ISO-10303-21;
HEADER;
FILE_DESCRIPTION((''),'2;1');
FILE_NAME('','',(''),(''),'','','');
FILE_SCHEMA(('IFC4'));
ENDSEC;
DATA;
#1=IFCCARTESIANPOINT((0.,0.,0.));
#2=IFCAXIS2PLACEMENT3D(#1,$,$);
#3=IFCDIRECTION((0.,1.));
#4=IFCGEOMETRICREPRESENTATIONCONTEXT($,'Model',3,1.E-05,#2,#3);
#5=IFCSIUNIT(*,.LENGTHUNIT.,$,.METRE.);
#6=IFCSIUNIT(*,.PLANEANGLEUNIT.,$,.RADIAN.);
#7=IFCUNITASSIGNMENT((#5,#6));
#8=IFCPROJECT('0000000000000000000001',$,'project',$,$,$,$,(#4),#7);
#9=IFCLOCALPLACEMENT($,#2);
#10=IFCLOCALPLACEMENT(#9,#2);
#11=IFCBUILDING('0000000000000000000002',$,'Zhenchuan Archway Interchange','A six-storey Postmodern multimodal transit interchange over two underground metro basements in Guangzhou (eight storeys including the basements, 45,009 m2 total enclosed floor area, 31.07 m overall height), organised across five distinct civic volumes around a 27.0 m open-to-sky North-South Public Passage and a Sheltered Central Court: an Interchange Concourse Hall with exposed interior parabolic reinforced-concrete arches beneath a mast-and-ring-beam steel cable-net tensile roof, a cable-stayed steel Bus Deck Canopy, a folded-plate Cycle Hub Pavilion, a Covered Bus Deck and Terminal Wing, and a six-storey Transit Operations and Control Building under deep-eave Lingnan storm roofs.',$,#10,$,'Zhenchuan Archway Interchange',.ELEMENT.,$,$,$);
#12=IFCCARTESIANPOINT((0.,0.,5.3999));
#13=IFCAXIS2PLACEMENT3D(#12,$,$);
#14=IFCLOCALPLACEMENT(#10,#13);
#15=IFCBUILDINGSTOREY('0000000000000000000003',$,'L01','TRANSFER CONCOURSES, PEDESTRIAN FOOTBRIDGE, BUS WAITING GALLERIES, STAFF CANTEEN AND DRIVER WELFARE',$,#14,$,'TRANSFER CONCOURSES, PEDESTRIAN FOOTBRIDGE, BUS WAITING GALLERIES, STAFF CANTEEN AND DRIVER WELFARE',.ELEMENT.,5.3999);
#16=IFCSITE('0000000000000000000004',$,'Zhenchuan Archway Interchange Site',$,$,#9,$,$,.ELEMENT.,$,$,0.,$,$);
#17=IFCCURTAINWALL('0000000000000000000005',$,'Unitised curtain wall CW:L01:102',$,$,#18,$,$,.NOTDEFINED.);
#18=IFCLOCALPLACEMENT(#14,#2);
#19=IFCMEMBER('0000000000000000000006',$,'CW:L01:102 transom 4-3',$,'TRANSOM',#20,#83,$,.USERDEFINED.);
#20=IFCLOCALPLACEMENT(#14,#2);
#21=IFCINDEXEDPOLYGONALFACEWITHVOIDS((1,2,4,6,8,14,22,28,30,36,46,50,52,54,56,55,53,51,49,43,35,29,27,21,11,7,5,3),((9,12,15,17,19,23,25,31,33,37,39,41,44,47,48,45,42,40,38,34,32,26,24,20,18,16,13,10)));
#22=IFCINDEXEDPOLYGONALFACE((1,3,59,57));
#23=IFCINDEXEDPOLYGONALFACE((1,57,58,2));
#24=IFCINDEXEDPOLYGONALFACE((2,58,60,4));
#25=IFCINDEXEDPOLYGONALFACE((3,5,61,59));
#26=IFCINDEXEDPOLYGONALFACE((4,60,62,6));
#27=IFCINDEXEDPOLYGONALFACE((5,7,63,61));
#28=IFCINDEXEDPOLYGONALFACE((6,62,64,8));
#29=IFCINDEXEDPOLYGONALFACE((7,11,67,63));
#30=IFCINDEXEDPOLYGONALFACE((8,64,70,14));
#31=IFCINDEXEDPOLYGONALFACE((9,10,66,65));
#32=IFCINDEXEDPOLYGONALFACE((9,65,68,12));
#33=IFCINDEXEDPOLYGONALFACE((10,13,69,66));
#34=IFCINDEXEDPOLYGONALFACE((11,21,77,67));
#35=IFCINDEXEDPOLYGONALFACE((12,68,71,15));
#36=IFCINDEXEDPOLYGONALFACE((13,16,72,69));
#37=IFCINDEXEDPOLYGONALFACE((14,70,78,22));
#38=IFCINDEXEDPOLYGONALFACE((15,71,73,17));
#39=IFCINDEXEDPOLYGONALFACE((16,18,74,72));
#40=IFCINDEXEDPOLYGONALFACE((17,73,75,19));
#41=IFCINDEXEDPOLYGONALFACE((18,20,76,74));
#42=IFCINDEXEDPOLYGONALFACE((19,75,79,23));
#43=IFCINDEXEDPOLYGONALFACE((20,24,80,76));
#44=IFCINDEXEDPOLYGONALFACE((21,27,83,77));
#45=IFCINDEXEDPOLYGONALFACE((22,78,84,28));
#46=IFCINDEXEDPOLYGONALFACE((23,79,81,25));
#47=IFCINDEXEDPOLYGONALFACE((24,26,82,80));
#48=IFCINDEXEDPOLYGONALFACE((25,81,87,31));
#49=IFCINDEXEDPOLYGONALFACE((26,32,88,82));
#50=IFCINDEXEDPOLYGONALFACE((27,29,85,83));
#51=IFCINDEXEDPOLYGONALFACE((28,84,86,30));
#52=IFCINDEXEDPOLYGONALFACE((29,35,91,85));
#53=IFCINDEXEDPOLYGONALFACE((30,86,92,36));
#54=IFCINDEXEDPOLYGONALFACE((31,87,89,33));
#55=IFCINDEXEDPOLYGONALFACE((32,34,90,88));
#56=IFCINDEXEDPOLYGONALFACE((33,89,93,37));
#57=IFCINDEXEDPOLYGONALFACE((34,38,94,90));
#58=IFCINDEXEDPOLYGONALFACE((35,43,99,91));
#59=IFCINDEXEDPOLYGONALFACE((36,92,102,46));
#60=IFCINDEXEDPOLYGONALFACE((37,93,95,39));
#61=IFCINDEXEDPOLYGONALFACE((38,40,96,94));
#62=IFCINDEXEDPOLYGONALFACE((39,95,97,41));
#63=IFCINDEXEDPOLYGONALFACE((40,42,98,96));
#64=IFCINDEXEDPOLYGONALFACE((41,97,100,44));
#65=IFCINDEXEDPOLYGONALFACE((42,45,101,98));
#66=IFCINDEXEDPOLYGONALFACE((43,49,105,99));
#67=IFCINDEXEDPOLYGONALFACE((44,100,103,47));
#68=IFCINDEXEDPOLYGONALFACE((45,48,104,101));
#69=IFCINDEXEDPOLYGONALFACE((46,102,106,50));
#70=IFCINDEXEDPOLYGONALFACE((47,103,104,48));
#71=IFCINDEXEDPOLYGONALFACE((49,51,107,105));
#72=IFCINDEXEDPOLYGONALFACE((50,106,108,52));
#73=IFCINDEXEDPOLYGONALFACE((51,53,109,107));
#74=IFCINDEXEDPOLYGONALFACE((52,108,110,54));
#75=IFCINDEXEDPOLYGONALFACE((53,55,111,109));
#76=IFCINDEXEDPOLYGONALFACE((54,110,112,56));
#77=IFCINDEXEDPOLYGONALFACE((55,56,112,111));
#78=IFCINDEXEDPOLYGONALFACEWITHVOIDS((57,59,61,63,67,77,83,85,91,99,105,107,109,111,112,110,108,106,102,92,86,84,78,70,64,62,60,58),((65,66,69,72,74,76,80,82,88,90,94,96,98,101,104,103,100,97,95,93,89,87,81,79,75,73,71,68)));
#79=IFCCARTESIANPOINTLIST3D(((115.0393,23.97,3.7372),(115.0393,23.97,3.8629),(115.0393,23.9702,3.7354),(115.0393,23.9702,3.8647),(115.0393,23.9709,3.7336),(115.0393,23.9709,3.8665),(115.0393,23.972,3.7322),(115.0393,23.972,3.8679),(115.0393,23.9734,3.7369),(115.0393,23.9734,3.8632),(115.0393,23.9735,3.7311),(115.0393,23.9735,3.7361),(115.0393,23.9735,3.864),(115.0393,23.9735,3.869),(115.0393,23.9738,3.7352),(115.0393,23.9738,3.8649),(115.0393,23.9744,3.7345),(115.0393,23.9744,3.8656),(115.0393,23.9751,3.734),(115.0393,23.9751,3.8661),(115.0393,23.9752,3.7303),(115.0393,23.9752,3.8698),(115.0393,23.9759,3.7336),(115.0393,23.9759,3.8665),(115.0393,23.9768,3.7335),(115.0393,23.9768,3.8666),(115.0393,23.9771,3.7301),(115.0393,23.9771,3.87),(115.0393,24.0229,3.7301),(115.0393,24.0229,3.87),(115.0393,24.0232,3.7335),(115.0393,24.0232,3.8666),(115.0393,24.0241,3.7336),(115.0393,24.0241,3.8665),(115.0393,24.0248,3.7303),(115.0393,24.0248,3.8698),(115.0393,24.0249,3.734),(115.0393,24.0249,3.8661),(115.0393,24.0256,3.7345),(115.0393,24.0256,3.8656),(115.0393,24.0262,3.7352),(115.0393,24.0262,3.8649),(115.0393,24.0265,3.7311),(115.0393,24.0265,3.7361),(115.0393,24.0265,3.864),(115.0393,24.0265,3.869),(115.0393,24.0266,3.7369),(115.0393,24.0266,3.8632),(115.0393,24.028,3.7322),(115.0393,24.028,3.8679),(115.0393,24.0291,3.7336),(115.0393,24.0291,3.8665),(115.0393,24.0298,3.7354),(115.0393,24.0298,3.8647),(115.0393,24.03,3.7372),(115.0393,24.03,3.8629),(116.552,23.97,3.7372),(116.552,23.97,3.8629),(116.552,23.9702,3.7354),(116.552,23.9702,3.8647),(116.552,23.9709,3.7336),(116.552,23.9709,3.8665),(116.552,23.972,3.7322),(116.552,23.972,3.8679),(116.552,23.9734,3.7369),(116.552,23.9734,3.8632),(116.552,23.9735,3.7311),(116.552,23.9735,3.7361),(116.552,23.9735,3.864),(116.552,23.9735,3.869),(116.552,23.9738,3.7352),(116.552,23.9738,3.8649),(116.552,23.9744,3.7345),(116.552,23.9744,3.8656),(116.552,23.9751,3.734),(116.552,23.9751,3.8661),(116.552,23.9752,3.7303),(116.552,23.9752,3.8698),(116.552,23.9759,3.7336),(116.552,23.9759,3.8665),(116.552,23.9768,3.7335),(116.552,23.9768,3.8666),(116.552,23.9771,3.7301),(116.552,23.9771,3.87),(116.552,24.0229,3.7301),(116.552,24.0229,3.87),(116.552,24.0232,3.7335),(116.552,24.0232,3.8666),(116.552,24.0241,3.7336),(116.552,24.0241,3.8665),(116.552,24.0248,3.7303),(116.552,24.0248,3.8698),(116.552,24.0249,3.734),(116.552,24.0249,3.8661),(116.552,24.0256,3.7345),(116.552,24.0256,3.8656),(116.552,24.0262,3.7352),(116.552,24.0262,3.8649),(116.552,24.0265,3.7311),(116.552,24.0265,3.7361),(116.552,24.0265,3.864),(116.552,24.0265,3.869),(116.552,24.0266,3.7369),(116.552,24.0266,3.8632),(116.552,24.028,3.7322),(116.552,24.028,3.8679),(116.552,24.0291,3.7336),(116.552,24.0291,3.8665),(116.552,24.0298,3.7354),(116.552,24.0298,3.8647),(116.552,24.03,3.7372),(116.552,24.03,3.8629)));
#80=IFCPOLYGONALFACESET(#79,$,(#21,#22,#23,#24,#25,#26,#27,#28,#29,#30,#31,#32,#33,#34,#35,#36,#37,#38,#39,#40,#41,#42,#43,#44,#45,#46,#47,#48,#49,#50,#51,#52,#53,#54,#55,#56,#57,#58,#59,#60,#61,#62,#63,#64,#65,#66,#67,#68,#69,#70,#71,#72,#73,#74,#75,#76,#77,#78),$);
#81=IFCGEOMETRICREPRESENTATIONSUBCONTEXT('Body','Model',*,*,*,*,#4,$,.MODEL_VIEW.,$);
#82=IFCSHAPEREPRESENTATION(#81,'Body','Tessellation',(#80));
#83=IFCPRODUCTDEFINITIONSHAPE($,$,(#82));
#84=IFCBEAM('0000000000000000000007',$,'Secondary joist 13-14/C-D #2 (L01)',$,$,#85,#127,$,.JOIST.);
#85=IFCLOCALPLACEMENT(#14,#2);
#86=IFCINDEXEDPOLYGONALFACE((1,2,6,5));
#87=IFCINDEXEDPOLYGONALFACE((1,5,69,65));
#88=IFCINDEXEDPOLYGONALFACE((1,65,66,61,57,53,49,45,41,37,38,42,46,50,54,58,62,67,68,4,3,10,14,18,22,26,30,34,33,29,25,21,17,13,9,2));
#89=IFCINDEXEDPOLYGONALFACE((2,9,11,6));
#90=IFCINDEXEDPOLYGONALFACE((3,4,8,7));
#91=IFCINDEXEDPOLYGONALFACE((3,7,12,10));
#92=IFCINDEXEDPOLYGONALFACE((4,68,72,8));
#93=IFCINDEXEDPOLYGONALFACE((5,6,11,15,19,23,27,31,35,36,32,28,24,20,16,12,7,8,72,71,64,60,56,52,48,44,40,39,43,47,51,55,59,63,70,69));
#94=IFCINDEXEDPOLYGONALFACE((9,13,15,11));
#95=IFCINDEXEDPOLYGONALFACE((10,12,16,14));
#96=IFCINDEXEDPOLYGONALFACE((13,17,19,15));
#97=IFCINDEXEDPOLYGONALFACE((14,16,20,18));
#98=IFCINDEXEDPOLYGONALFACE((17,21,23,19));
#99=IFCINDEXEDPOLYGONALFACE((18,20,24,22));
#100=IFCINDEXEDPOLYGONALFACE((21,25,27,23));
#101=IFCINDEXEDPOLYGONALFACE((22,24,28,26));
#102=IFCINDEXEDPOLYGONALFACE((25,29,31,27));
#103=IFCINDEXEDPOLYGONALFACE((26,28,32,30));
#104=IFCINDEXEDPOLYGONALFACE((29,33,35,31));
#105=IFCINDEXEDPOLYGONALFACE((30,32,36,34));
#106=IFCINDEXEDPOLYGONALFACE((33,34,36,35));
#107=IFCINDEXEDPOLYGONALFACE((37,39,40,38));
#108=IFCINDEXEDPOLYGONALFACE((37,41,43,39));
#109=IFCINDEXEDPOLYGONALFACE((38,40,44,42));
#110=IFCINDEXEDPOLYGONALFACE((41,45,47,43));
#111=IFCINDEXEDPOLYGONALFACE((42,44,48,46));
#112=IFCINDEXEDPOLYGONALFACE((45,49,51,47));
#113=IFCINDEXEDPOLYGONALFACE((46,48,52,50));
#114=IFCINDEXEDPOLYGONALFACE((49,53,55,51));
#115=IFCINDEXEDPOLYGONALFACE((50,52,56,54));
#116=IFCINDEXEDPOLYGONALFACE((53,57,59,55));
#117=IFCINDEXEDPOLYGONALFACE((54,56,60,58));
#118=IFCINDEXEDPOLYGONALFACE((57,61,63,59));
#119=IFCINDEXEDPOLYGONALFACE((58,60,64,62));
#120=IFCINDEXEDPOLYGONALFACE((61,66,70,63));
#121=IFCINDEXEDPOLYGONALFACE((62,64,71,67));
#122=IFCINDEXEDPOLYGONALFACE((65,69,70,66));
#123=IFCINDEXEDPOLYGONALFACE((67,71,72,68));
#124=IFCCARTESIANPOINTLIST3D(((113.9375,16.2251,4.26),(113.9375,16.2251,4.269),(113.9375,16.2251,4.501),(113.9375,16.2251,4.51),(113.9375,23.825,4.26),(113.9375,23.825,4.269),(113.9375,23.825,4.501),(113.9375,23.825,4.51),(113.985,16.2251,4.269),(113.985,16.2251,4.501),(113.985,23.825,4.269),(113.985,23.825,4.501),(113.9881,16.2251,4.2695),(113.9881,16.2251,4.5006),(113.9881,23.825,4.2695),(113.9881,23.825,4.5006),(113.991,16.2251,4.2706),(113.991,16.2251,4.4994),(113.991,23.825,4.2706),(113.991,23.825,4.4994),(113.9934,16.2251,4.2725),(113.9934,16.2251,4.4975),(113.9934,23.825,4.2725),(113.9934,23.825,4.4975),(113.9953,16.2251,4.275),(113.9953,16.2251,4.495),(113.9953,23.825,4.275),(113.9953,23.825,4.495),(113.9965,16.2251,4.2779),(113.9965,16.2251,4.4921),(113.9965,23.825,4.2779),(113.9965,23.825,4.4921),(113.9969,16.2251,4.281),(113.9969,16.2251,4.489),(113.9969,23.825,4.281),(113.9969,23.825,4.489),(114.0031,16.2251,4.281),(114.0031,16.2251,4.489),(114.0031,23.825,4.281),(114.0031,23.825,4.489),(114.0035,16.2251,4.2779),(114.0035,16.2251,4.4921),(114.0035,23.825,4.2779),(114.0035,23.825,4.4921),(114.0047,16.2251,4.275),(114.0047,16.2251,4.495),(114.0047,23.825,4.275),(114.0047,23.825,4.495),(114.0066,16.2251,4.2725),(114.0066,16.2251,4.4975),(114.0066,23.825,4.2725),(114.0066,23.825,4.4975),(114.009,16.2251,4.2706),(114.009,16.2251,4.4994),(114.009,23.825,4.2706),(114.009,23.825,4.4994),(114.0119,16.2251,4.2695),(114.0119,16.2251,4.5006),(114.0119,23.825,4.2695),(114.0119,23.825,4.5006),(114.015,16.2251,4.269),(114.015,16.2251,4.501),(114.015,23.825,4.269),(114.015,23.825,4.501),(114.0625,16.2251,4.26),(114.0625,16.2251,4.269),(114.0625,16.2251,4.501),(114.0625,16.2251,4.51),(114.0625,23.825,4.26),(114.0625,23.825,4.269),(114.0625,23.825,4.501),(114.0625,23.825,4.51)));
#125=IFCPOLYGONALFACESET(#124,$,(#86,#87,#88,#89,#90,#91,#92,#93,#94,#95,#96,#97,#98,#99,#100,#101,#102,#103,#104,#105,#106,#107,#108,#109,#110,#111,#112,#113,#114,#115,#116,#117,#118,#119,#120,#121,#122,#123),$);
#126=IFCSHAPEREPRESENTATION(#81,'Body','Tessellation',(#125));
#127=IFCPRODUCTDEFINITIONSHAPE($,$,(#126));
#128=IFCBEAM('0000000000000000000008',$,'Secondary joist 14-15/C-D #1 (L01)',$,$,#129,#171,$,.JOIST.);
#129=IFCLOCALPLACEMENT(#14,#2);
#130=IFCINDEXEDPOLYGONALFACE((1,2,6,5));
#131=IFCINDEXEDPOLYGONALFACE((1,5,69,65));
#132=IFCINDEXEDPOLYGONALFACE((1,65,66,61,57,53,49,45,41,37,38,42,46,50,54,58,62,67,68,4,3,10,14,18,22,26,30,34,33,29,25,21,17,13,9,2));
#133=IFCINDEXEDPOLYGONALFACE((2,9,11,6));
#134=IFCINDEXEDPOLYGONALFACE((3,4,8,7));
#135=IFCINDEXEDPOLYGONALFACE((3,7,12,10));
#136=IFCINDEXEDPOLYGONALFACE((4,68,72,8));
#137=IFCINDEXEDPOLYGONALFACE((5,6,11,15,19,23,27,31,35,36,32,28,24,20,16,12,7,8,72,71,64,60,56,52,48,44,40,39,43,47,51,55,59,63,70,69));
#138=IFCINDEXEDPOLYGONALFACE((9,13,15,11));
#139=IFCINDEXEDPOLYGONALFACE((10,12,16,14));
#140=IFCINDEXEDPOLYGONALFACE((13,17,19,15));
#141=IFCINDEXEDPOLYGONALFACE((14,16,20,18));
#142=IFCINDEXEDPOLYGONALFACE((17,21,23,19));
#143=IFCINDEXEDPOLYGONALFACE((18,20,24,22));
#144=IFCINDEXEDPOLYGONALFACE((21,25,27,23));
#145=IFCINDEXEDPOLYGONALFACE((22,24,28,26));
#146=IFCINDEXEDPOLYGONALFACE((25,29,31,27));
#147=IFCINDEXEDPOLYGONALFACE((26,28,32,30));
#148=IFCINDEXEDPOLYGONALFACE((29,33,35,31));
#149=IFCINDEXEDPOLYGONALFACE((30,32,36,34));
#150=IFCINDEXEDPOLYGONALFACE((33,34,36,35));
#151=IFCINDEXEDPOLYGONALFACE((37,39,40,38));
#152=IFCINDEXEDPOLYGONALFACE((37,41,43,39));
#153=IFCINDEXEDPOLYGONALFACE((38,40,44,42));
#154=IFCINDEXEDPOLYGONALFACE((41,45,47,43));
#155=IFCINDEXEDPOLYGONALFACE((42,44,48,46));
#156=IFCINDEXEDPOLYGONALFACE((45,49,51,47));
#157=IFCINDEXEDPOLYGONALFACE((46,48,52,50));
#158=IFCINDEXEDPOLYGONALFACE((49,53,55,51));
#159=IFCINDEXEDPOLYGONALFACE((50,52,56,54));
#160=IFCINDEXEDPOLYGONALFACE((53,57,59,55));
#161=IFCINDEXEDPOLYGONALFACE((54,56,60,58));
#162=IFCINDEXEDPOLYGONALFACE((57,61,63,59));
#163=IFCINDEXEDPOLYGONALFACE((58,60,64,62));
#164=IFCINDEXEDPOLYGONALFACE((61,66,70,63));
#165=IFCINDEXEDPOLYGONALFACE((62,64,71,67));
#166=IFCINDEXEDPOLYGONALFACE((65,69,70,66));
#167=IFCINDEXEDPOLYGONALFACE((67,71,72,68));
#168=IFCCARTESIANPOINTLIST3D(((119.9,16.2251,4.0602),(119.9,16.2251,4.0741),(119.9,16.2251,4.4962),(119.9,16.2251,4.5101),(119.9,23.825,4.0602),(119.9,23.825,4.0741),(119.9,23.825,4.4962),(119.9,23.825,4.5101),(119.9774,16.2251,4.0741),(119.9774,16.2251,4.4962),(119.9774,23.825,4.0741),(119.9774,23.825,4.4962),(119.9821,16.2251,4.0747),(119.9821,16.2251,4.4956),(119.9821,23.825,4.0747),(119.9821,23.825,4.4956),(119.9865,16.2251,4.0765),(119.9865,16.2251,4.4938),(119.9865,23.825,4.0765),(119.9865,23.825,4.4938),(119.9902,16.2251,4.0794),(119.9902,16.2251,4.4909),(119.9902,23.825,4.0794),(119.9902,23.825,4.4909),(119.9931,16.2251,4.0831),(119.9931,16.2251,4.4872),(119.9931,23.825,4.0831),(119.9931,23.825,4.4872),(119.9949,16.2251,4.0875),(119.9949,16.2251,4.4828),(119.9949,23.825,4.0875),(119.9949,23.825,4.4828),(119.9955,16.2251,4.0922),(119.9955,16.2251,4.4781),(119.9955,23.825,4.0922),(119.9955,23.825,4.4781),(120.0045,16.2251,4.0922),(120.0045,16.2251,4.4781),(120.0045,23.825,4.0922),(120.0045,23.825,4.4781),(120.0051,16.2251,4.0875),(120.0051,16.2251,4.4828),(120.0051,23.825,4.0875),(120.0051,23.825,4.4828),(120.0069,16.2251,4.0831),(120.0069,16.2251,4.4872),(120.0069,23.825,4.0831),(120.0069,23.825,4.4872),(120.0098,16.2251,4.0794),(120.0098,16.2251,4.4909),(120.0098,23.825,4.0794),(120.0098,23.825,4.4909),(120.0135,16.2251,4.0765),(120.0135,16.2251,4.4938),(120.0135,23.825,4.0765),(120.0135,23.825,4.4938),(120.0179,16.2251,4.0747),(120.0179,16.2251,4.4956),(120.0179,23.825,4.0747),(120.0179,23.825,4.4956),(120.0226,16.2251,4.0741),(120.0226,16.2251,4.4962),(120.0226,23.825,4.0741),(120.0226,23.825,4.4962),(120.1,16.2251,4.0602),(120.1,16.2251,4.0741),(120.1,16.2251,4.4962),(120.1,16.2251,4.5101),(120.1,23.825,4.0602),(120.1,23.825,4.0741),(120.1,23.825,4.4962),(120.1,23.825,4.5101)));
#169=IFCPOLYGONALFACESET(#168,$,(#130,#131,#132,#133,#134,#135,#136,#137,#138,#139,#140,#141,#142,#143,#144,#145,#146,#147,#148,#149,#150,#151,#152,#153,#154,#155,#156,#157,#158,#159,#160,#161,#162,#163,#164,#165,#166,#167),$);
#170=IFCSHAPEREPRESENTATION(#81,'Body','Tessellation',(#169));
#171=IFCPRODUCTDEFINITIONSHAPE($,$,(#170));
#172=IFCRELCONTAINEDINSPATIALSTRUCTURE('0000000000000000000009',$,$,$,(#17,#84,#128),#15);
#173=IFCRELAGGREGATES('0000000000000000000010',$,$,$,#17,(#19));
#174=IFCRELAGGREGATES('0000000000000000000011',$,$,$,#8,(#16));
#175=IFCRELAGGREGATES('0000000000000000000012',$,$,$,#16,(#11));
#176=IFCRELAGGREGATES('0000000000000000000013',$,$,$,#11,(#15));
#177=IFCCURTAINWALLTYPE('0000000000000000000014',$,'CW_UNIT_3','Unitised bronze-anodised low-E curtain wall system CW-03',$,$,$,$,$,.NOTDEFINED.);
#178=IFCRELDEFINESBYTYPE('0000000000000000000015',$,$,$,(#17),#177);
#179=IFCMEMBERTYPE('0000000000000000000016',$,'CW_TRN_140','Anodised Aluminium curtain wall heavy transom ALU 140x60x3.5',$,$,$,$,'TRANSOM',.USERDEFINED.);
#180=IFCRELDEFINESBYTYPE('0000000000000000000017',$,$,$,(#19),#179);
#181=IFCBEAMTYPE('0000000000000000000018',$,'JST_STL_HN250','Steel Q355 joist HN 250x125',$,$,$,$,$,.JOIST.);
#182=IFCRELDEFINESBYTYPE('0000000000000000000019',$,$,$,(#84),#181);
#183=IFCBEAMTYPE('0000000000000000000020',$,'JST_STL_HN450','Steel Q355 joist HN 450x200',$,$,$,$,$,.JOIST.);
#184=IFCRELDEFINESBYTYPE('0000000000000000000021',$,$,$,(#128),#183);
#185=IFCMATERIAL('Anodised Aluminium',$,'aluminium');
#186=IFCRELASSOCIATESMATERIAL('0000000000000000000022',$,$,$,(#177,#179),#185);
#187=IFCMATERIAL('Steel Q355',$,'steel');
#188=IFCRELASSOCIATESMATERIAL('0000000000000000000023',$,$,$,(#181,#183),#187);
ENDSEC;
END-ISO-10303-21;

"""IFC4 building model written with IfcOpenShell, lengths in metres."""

from ifc_helpers import new_model, si_unit, direction, frame, origin, origin_2d, place, context, subcontext, project, spatial, hollow_rectangle, i_section, extrude, material, material_profile, profile_set, type_object, element, aggregate, save


model = new_model("IFC4")

# Units and contexts
model_context = context("Model", 3, precision=1e-05, world=origin(), true_north=direction((0.0, 1.0)))
body_context = subcontext(model_context, "Body", "Model", "MODEL_VIEW")
ifc_project = project(units=[si_unit("LENGTHUNIT", "METRE"), si_unit("PLANEANGLEUNIT", "RADIAN")], contexts=[model_context])

# Site, building, storey
site_placement = place(None, origin())
site = spatial("IfcSite", under=ifc_project, at=site_placement, Name="Zhenchuan Archway Interchange Site", CompositionType="ELEMENT", RefElevation=0.0)
building_placement = place(site_placement, origin())
building = spatial("IfcBuilding", under=site, at=building_placement, Name="Zhenchuan Archway Interchange", Description="A six-storey Postmodern multimodal transit interchange over two underground metro basements in Guangzhou (eight storeys including the basements, 45,009 m2 total enclosed floor area, 31.07 m overall height), organised across five distinct civic volumes around a 27.0 m open-to-sky North-South Public Passage and a Sheltered Central Court: an Interchange Concourse Hall with exposed interior parabolic reinforced-concrete arches beneath a mast-and-ring-beam steel cable-net tensile roof, a cable-stayed steel Bus Deck Canopy, a folded-plate Cycle Hub Pavilion, a Covered Bus Deck and Terminal Wing, and a six-storey Transit Operations and Control Building under deep-eave Lingnan storm roofs.", LongName="Zhenchuan Archway Interchange", CompositionType="ELEMENT")
storey_placement = place(building_placement, frame((0.0, 0.0, 5.3999)))
storey = spatial("IfcBuildingStorey", under=building, at=storey_placement, Name="L01", Description="TRANSFER CONCOURSES, PEDESTRIAN FOOTBRIDGE, BUS WAITING GALLERIES, STAFF CANTEEN AND DRIVER WELFARE", LongName="TRANSFER CONCOURSES, PEDESTRIAN FOOTBRIDGE, BUS WAITING GALLERIES, STAFF CANTEEN AND DRIVER WELFARE", CompositionType="ELEMENT", Elevation=5.3999)

# Curtain wall, member
ifc_material_1 = material(Name="Anodised Aluminium", Category="aluminium")
curtain_wall_type = type_object("IfcCurtainWallType", Name="CW_UNIT_3", Description="Unitised bronze-anodised low-E curtain wall system CW-03", PredefinedType="NOTDEFINED", material=ifc_material_1)
curtain_wall_placement = place(storey_placement, origin())
curtain_wall = element("IfcCurtainWall", 1, at=curtain_wall_placement, inside=storey, type_object=curtain_wall_type, Name="Unitised curtain wall CW:L01:102", PredefinedType="NOTDEFINED")
ifc_material_profile_1 = material_profile(ifc_material_1, hollow_rectangle(XDim=0.0601, YDim=0.1399, WallThickness=0.0034, InnerFilletRadius=0.0034, OuterFilletRadius=0.0071, at=origin_2d()), Name="ALU 140x60x3.5")
ifc_profile_set_1 = profile_set([ifc_material_profile_1], Name="Anodised Aluminium")
member_type_1 = type_object("IfcMemberType", Name="CW_TRN_140", Description="Anodised Aluminium curtain wall heavy transom ALU 140x60x3.5", ElementType="TRANSOM", PredefinedType="USERDEFINED", material=ifc_profile_set_1)
member_1_placement = place(storey_placement, frame((115.0393, 24.0, 3.8), z_axis=(1.0, 0.0, 0.0), x_axis=(0.0, 1.0, 0.0)))
member_1 = element("IfcMember", 2, at=member_1_placement, type_object=member_type_1, Name="CW:L01:102 transom 4-3", ObjectType="TRANSOM", PredefinedType="USERDEFINED", context=body_context, shape_type="SweptSolid", body=[
    extrude(hollow_rectangle(XDim=0.0601, YDim=0.1399, WallThickness=0.0034, InnerFilletRadius=0.0034, OuterFilletRadius=0.0071, at=origin_2d()), origin(), (0.0, 0.0, 1.0), 1.5127),
])

# Beams
ifc_material_2 = material(Name="Steel Q355", Category="steel")
ifc_material_profile_2 = material_profile(ifc_material_2, i_section(OverallWidth=0.125, OverallDepth=0.25, WebThickness=0.0061, FlangeThickness=0.009, FilletRadius=0.012, at=origin_2d()), Name="HN 250x125")
ifc_profile_set_2 = profile_set([ifc_material_profile_2], Name="Steel Q355")
beam_type_1 = type_object("IfcBeamType", Name="JST_STL_HN250", Description="Steel Q355 joist HN 250x125", PredefinedType="JOIST", material=ifc_profile_set_2)
beam_1_placement = place(storey_placement, frame((114.0, 16.2251, 4.385), z_axis=(0.0, 1.0, 0.0), x_axis=(-1.0, 0.0, 0.0)))
element("IfcBeam", 3, at=beam_1_placement, inside=storey, type_object=beam_type_1, Name="Secondary joist 13-14/C-D #2 (L01)", PredefinedType="JOIST", context=body_context, shape_type="SweptSolid", body=[
    extrude(i_section(OverallWidth=0.125, OverallDepth=0.25, WebThickness=0.0061, FlangeThickness=0.009, FilletRadius=0.012, at=origin_2d()), origin(), (0.0, 0.0, 1.0), 7.5999),
])
ifc_material_profile_3 = material_profile(ifc_material_2, i_section(OverallWidth=0.2, OverallDepth=0.45, WebThickness=0.009, FlangeThickness=0.0139, FilletRadius=0.0181, at=origin_2d()), Name="HN 450x200")
ifc_profile_set_3 = profile_set([ifc_material_profile_3], Name="Steel Q355")
beam_type_2 = type_object("IfcBeamType", Name="JST_STL_HN450", Description="Steel Q355 joist HN 450x200", PredefinedType="JOIST", material=ifc_profile_set_3)
for number, where, z_axis, x_axis, name in (
    (4, (120.0, 16.2251, 4.2852), (0.0, 1.0, 0.0), (-1.0, 0.0, 0.0), "Secondary joist 14-15/C-D #1 (L01)"),
):
    element("IfcBeam", number, at=place(storey_placement, frame(where, z_axis=z_axis, x_axis=x_axis)), inside=storey, type_object=beam_type_2, Name=name, PredefinedType="JOIST", context=body_context, shape_type="SweptSolid", body=[
        extrude(i_section(OverallWidth=0.2, OverallDepth=0.45, WebThickness=0.009, FlangeThickness=0.0139, FilletRadius=0.0181, at=origin_2d()), origin(), (0.0, 0.0, 1.0), 7.5999),
    ])

aggregate(curtain_wall, [member_1])

save(model, "model.ifc")
